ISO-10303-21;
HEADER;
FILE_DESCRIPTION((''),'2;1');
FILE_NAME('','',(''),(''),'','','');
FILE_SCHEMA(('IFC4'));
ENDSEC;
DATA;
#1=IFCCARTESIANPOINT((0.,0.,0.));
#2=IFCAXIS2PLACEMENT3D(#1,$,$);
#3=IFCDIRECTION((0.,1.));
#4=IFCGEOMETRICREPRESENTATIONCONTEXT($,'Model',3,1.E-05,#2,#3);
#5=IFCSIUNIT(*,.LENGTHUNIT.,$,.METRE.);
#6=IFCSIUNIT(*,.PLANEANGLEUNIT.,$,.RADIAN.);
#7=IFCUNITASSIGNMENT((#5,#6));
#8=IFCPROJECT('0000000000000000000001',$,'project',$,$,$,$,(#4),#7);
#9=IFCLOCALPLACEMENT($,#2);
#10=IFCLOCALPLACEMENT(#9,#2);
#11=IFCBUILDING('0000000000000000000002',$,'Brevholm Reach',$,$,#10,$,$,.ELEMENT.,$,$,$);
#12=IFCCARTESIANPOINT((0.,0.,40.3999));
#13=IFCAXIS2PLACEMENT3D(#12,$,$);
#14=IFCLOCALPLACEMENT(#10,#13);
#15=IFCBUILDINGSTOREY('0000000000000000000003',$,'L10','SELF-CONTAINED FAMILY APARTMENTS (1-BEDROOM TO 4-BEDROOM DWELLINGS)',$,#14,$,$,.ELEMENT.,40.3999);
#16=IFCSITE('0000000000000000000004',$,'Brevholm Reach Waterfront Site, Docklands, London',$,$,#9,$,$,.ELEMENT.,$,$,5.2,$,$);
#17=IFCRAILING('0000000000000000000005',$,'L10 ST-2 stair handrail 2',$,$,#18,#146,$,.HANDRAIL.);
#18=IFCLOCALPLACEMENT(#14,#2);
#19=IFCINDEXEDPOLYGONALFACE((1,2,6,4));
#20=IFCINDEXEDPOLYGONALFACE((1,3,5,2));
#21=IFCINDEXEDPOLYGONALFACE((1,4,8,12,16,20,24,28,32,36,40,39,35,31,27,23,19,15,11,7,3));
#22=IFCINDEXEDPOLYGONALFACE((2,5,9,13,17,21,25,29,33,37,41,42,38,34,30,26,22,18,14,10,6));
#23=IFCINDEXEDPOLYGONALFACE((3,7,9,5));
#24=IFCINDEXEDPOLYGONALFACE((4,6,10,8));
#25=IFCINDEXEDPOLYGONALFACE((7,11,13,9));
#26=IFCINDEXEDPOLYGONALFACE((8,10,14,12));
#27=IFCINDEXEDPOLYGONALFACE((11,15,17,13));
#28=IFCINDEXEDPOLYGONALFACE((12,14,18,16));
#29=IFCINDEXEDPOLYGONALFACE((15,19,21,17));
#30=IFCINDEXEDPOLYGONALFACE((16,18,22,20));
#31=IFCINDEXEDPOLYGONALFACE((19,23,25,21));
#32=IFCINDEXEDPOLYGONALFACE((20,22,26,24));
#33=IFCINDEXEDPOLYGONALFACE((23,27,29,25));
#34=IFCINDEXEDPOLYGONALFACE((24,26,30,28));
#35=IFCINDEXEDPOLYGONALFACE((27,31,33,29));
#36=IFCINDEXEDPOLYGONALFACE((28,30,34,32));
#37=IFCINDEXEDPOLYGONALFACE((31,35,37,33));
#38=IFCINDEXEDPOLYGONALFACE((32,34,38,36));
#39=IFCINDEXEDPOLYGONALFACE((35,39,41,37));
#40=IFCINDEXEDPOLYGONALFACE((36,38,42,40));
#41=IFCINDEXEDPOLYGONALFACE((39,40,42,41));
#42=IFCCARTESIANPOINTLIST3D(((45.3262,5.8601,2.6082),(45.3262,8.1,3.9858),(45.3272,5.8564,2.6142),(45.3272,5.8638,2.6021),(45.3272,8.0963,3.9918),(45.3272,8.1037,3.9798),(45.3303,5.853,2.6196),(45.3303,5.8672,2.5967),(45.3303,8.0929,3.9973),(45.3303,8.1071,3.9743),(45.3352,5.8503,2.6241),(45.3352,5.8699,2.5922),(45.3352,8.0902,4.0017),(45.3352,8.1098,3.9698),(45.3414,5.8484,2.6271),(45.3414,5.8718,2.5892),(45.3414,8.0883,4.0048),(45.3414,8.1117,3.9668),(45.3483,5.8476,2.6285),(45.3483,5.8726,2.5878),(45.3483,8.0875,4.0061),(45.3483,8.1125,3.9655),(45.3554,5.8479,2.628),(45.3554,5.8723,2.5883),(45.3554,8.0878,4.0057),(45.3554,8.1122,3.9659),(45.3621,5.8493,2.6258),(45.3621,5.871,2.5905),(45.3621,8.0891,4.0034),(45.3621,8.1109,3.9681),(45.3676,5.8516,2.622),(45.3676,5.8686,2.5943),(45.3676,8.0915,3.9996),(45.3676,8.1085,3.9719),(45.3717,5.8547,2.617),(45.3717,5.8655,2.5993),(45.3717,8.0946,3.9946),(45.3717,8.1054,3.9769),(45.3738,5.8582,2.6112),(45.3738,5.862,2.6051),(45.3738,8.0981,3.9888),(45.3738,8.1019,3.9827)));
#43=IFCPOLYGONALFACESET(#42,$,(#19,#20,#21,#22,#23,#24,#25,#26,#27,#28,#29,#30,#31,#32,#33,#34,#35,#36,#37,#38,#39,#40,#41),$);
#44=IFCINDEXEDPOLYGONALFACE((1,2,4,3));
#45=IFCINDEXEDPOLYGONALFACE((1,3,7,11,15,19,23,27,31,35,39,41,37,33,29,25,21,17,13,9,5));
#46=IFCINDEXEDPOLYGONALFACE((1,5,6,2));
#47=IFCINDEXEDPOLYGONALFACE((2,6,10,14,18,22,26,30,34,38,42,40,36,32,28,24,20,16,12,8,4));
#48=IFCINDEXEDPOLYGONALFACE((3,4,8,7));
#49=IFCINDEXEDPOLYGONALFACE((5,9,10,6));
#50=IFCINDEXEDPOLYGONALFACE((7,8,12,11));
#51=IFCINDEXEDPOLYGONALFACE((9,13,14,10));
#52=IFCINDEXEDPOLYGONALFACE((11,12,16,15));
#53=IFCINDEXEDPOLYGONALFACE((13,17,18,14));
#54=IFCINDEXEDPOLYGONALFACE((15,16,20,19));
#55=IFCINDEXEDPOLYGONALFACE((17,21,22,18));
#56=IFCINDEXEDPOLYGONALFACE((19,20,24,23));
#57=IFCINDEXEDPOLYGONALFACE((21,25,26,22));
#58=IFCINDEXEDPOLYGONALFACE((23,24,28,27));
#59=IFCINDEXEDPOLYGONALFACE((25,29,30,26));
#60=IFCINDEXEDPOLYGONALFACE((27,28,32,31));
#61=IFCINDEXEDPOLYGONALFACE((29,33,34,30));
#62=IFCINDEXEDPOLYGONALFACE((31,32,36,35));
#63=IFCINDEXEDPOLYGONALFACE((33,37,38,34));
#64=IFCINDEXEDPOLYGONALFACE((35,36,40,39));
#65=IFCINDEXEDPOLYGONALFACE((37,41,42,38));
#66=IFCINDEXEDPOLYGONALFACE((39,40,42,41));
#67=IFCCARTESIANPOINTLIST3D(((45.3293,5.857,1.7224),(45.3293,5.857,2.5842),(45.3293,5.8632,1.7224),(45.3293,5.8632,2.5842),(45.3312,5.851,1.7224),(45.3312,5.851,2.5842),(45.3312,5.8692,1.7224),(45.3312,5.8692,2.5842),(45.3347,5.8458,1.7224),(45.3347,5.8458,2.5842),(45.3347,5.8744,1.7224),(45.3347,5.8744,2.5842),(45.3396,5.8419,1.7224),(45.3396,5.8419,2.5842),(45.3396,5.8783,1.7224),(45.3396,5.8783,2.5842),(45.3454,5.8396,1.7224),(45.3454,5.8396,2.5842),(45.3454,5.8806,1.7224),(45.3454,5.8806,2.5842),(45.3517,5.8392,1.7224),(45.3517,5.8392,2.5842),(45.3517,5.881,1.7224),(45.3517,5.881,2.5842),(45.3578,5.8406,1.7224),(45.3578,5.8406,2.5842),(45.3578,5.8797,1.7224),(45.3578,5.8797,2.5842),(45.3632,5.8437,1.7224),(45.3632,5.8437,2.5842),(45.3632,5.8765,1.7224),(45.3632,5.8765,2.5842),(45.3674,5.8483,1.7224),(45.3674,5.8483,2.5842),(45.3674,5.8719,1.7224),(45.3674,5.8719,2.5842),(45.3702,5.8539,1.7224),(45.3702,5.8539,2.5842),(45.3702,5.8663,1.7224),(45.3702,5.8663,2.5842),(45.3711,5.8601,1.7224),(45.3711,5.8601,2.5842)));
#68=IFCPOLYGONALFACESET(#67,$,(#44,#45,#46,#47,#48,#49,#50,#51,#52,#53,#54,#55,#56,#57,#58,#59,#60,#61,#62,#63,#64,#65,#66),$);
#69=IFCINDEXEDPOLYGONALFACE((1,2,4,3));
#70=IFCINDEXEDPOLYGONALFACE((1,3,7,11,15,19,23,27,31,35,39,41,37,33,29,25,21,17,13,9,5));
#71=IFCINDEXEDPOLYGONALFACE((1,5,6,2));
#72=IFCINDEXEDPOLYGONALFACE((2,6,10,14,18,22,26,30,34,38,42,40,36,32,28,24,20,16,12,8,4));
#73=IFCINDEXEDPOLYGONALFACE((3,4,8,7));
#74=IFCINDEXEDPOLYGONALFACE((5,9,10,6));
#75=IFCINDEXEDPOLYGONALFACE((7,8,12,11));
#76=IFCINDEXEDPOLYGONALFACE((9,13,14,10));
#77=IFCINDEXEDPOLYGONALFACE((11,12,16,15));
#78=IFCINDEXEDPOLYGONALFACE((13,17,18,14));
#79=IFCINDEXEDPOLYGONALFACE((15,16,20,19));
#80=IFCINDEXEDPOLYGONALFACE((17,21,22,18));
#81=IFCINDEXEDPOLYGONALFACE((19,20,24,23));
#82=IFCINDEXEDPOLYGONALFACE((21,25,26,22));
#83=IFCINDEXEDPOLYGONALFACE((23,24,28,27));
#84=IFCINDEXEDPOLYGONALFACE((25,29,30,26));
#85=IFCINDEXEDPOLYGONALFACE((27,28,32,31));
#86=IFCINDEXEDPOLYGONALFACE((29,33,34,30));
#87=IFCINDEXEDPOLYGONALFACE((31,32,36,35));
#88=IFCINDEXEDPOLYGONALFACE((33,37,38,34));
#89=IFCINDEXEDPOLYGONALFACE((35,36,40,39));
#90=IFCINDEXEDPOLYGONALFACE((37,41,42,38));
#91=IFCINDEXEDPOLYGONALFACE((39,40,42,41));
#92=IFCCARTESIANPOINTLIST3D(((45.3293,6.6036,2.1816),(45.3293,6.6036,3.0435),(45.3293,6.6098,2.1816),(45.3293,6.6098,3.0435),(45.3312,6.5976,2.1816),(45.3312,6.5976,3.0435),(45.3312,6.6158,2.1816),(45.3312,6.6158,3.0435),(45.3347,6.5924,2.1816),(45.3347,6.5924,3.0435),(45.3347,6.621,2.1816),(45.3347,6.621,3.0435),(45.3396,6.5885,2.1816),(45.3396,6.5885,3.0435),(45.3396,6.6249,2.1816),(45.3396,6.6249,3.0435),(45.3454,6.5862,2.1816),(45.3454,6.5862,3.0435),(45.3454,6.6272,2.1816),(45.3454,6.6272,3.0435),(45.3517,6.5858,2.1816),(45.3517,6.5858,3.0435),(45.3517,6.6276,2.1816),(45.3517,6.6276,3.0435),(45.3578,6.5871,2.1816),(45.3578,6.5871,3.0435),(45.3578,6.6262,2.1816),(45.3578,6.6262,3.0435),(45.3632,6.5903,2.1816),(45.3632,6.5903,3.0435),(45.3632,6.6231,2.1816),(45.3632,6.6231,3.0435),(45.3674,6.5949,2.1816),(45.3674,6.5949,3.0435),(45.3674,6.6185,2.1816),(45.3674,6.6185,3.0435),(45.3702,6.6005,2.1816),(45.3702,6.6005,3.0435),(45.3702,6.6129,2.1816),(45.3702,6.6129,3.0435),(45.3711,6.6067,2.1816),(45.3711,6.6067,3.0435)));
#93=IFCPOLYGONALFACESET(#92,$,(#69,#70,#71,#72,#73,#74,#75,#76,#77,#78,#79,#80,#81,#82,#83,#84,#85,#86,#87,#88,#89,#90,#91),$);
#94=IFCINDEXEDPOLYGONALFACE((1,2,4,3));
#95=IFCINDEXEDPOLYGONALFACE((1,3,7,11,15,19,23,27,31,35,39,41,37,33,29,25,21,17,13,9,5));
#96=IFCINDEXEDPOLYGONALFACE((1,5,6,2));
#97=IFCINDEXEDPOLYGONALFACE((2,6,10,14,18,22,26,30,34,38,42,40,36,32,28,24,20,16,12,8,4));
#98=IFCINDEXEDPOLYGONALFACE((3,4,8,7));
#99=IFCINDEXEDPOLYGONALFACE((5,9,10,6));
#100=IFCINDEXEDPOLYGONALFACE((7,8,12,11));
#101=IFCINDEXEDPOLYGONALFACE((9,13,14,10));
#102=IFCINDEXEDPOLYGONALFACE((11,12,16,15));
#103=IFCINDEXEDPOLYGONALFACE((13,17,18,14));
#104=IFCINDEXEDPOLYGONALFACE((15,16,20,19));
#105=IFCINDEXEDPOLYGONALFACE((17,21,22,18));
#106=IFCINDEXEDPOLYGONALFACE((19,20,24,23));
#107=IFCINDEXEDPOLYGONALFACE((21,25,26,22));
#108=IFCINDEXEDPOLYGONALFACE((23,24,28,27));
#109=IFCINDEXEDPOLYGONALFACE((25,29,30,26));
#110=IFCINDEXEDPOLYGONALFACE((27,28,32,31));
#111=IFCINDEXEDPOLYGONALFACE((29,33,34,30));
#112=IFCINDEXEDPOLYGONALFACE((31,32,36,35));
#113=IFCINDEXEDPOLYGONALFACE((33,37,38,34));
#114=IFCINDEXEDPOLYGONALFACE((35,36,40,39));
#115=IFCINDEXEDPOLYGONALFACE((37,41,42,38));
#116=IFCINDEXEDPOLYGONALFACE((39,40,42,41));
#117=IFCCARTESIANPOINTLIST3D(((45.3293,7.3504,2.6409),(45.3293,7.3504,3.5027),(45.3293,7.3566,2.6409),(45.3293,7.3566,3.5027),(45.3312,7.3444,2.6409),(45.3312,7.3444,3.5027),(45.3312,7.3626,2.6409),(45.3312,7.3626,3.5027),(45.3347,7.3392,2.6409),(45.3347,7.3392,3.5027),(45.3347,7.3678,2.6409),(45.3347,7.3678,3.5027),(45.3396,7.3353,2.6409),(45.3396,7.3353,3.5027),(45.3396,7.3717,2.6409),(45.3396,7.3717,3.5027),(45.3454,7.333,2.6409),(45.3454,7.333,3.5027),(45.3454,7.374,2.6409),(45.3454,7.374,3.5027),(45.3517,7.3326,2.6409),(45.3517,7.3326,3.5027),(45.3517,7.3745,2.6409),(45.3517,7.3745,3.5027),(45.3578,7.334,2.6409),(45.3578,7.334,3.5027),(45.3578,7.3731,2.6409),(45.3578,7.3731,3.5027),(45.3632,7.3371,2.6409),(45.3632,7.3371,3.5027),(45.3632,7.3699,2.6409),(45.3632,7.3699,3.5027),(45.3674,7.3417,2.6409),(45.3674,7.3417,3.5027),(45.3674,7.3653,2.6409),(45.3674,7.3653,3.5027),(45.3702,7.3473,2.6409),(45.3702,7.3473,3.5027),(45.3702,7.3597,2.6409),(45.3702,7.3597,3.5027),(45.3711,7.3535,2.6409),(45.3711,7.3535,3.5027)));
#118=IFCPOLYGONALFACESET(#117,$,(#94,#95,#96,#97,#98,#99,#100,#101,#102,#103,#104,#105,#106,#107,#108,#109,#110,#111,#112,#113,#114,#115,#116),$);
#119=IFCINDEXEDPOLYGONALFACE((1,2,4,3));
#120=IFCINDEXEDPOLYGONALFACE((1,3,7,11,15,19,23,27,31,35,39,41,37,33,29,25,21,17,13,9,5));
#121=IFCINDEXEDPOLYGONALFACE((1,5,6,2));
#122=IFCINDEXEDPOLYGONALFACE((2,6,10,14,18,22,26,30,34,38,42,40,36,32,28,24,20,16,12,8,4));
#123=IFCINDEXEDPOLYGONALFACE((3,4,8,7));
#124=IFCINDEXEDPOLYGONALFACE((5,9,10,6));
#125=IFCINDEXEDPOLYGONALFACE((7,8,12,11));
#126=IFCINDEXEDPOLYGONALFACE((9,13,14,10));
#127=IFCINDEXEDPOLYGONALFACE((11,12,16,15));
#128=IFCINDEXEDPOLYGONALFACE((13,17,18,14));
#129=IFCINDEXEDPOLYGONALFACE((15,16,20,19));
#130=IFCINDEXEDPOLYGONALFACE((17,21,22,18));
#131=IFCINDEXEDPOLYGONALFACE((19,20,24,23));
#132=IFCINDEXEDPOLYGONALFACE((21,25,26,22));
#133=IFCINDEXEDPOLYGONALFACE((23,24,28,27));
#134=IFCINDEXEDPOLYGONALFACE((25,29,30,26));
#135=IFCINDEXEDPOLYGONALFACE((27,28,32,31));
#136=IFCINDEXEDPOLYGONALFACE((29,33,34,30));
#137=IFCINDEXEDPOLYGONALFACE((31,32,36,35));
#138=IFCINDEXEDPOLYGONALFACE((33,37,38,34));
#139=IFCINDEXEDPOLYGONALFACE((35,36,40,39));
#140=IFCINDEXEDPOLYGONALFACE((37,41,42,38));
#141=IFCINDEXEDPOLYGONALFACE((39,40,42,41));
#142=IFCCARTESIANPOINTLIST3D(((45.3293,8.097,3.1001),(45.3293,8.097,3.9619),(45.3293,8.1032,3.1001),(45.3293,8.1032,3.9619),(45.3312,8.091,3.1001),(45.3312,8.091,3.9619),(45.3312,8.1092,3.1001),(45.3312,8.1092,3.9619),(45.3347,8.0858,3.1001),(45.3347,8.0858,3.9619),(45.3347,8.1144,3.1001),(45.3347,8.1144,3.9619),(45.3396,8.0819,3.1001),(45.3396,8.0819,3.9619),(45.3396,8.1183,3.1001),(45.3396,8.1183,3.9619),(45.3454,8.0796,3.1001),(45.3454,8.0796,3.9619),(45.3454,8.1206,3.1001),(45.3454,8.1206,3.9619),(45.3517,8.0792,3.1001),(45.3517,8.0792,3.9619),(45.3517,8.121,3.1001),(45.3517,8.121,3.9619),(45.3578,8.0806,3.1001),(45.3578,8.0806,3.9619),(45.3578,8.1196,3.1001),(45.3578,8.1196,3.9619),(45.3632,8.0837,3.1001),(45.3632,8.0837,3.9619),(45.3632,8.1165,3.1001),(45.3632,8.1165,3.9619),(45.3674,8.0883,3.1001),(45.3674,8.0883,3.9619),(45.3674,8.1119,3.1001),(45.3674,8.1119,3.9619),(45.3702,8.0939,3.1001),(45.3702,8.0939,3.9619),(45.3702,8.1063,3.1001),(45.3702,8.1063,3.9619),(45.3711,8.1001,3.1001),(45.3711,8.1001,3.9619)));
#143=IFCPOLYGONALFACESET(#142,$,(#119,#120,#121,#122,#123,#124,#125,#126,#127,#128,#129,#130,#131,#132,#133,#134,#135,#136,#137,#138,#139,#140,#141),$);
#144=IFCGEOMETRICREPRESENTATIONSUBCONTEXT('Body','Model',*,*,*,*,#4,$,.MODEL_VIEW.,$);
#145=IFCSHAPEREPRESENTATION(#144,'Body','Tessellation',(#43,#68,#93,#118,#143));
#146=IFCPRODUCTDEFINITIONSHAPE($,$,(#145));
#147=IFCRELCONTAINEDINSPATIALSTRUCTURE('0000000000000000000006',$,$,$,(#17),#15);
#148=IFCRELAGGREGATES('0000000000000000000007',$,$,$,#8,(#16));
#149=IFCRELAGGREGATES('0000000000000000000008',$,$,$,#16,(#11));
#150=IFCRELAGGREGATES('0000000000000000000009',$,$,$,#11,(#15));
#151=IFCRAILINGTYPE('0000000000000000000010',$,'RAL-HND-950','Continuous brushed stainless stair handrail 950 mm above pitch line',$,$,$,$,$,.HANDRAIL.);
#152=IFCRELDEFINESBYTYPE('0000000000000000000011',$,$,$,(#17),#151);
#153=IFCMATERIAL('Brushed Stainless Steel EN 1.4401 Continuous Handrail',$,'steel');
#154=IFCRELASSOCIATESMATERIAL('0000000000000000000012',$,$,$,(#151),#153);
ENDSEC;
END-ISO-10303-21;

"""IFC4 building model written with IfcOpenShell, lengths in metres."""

from ifc_helpers import new_model, si_unit, direction, frame, origin, origin_2d, place, context, subcontext, project, spatial, circle, extrude, material, type_object, element, save


model = new_model("IFC4")

# Units and contexts
model_context = context("Model", 3, precision=1e-05, world=origin(), true_north=direction((0.0, 1.0)))
body_context = subcontext(model_context, "Body", "Model", "MODEL_VIEW")
ifc_project = project(units=[si_unit("LENGTHUNIT", "METRE"), si_unit("PLANEANGLEUNIT", "RADIAN")], contexts=[model_context])

# Site, building, storey
site_placement = place(None, origin())
site = spatial("IfcSite", under=ifc_project, at=site_placement, Name="Brevholm Reach Waterfront Site, Docklands, London", CompositionType="ELEMENT", RefElevation=5.2)
building_placement = place(site_placement, origin())
building = spatial("IfcBuilding", under=site, at=building_placement, Name="Brevholm Reach", CompositionType="ELEMENT")
storey_placement = place(building_placement, frame((0.0, 0.0, 40.3999)))
storey = spatial("IfcBuildingStorey", under=building, at=storey_placement, Name="L10", Description="SELF-CONTAINED FAMILY APARTMENTS (1-BEDROOM TO 4-BEDROOM DWELLINGS)", CompositionType="ELEMENT", Elevation=40.3999)

# Railing
ifc_material_1 = material(Name="Brushed Stainless Steel EN 1.4401 Continuous Handrail", Category="steel")
railing_type_1 = type_object("IfcRailingType", Name="RAL-HND-950", Description="Continuous brushed stainless stair handrail 950 mm above pitch line", PredefinedType="HANDRAIL", material=ifc_material_1)
railing_1_placement = place(storey_placement, frame((45.3501, 5.8601, 1.7224)))
element("IfcRailing", 1, at=railing_1_placement, inside=storey, type_object=railing_type_1, Name="L10 ST-2 stair handrail 2", PredefinedType="HANDRAIL", context=body_context, shape_type="SweptSolid", body=[
    extrude(circle(Radius=0.0239, at=origin_2d()), frame((0.0, 0.0, 0.8857), z_axis=(0.0, 0.851789, 0.523885), x_axis=(-1.0, 0.0, 0.0)), (0.0, 0.0, 1.0), 2.6296),
    extrude(circle(Radius=0.021, at=origin_2d()), origin(), (0.0, 0.0, 1.0), 0.8618),
    extrude(circle(Radius=0.021, at=origin_2d()), frame((0.0, 0.7466, 0.4592)), (0.0, 0.0, 1.0), 0.8618),
    extrude(circle(Radius=0.021, at=origin_2d()), frame((0.0, 1.4934, 0.9185)), (0.0, 0.0, 1.0), 0.8618),
    extrude(circle(Radius=0.021, at=origin_2d()), frame((0.0, 2.24, 1.3777)), (0.0, 0.0, 1.0), 0.8618),
])

save(model, "model.ifc")
